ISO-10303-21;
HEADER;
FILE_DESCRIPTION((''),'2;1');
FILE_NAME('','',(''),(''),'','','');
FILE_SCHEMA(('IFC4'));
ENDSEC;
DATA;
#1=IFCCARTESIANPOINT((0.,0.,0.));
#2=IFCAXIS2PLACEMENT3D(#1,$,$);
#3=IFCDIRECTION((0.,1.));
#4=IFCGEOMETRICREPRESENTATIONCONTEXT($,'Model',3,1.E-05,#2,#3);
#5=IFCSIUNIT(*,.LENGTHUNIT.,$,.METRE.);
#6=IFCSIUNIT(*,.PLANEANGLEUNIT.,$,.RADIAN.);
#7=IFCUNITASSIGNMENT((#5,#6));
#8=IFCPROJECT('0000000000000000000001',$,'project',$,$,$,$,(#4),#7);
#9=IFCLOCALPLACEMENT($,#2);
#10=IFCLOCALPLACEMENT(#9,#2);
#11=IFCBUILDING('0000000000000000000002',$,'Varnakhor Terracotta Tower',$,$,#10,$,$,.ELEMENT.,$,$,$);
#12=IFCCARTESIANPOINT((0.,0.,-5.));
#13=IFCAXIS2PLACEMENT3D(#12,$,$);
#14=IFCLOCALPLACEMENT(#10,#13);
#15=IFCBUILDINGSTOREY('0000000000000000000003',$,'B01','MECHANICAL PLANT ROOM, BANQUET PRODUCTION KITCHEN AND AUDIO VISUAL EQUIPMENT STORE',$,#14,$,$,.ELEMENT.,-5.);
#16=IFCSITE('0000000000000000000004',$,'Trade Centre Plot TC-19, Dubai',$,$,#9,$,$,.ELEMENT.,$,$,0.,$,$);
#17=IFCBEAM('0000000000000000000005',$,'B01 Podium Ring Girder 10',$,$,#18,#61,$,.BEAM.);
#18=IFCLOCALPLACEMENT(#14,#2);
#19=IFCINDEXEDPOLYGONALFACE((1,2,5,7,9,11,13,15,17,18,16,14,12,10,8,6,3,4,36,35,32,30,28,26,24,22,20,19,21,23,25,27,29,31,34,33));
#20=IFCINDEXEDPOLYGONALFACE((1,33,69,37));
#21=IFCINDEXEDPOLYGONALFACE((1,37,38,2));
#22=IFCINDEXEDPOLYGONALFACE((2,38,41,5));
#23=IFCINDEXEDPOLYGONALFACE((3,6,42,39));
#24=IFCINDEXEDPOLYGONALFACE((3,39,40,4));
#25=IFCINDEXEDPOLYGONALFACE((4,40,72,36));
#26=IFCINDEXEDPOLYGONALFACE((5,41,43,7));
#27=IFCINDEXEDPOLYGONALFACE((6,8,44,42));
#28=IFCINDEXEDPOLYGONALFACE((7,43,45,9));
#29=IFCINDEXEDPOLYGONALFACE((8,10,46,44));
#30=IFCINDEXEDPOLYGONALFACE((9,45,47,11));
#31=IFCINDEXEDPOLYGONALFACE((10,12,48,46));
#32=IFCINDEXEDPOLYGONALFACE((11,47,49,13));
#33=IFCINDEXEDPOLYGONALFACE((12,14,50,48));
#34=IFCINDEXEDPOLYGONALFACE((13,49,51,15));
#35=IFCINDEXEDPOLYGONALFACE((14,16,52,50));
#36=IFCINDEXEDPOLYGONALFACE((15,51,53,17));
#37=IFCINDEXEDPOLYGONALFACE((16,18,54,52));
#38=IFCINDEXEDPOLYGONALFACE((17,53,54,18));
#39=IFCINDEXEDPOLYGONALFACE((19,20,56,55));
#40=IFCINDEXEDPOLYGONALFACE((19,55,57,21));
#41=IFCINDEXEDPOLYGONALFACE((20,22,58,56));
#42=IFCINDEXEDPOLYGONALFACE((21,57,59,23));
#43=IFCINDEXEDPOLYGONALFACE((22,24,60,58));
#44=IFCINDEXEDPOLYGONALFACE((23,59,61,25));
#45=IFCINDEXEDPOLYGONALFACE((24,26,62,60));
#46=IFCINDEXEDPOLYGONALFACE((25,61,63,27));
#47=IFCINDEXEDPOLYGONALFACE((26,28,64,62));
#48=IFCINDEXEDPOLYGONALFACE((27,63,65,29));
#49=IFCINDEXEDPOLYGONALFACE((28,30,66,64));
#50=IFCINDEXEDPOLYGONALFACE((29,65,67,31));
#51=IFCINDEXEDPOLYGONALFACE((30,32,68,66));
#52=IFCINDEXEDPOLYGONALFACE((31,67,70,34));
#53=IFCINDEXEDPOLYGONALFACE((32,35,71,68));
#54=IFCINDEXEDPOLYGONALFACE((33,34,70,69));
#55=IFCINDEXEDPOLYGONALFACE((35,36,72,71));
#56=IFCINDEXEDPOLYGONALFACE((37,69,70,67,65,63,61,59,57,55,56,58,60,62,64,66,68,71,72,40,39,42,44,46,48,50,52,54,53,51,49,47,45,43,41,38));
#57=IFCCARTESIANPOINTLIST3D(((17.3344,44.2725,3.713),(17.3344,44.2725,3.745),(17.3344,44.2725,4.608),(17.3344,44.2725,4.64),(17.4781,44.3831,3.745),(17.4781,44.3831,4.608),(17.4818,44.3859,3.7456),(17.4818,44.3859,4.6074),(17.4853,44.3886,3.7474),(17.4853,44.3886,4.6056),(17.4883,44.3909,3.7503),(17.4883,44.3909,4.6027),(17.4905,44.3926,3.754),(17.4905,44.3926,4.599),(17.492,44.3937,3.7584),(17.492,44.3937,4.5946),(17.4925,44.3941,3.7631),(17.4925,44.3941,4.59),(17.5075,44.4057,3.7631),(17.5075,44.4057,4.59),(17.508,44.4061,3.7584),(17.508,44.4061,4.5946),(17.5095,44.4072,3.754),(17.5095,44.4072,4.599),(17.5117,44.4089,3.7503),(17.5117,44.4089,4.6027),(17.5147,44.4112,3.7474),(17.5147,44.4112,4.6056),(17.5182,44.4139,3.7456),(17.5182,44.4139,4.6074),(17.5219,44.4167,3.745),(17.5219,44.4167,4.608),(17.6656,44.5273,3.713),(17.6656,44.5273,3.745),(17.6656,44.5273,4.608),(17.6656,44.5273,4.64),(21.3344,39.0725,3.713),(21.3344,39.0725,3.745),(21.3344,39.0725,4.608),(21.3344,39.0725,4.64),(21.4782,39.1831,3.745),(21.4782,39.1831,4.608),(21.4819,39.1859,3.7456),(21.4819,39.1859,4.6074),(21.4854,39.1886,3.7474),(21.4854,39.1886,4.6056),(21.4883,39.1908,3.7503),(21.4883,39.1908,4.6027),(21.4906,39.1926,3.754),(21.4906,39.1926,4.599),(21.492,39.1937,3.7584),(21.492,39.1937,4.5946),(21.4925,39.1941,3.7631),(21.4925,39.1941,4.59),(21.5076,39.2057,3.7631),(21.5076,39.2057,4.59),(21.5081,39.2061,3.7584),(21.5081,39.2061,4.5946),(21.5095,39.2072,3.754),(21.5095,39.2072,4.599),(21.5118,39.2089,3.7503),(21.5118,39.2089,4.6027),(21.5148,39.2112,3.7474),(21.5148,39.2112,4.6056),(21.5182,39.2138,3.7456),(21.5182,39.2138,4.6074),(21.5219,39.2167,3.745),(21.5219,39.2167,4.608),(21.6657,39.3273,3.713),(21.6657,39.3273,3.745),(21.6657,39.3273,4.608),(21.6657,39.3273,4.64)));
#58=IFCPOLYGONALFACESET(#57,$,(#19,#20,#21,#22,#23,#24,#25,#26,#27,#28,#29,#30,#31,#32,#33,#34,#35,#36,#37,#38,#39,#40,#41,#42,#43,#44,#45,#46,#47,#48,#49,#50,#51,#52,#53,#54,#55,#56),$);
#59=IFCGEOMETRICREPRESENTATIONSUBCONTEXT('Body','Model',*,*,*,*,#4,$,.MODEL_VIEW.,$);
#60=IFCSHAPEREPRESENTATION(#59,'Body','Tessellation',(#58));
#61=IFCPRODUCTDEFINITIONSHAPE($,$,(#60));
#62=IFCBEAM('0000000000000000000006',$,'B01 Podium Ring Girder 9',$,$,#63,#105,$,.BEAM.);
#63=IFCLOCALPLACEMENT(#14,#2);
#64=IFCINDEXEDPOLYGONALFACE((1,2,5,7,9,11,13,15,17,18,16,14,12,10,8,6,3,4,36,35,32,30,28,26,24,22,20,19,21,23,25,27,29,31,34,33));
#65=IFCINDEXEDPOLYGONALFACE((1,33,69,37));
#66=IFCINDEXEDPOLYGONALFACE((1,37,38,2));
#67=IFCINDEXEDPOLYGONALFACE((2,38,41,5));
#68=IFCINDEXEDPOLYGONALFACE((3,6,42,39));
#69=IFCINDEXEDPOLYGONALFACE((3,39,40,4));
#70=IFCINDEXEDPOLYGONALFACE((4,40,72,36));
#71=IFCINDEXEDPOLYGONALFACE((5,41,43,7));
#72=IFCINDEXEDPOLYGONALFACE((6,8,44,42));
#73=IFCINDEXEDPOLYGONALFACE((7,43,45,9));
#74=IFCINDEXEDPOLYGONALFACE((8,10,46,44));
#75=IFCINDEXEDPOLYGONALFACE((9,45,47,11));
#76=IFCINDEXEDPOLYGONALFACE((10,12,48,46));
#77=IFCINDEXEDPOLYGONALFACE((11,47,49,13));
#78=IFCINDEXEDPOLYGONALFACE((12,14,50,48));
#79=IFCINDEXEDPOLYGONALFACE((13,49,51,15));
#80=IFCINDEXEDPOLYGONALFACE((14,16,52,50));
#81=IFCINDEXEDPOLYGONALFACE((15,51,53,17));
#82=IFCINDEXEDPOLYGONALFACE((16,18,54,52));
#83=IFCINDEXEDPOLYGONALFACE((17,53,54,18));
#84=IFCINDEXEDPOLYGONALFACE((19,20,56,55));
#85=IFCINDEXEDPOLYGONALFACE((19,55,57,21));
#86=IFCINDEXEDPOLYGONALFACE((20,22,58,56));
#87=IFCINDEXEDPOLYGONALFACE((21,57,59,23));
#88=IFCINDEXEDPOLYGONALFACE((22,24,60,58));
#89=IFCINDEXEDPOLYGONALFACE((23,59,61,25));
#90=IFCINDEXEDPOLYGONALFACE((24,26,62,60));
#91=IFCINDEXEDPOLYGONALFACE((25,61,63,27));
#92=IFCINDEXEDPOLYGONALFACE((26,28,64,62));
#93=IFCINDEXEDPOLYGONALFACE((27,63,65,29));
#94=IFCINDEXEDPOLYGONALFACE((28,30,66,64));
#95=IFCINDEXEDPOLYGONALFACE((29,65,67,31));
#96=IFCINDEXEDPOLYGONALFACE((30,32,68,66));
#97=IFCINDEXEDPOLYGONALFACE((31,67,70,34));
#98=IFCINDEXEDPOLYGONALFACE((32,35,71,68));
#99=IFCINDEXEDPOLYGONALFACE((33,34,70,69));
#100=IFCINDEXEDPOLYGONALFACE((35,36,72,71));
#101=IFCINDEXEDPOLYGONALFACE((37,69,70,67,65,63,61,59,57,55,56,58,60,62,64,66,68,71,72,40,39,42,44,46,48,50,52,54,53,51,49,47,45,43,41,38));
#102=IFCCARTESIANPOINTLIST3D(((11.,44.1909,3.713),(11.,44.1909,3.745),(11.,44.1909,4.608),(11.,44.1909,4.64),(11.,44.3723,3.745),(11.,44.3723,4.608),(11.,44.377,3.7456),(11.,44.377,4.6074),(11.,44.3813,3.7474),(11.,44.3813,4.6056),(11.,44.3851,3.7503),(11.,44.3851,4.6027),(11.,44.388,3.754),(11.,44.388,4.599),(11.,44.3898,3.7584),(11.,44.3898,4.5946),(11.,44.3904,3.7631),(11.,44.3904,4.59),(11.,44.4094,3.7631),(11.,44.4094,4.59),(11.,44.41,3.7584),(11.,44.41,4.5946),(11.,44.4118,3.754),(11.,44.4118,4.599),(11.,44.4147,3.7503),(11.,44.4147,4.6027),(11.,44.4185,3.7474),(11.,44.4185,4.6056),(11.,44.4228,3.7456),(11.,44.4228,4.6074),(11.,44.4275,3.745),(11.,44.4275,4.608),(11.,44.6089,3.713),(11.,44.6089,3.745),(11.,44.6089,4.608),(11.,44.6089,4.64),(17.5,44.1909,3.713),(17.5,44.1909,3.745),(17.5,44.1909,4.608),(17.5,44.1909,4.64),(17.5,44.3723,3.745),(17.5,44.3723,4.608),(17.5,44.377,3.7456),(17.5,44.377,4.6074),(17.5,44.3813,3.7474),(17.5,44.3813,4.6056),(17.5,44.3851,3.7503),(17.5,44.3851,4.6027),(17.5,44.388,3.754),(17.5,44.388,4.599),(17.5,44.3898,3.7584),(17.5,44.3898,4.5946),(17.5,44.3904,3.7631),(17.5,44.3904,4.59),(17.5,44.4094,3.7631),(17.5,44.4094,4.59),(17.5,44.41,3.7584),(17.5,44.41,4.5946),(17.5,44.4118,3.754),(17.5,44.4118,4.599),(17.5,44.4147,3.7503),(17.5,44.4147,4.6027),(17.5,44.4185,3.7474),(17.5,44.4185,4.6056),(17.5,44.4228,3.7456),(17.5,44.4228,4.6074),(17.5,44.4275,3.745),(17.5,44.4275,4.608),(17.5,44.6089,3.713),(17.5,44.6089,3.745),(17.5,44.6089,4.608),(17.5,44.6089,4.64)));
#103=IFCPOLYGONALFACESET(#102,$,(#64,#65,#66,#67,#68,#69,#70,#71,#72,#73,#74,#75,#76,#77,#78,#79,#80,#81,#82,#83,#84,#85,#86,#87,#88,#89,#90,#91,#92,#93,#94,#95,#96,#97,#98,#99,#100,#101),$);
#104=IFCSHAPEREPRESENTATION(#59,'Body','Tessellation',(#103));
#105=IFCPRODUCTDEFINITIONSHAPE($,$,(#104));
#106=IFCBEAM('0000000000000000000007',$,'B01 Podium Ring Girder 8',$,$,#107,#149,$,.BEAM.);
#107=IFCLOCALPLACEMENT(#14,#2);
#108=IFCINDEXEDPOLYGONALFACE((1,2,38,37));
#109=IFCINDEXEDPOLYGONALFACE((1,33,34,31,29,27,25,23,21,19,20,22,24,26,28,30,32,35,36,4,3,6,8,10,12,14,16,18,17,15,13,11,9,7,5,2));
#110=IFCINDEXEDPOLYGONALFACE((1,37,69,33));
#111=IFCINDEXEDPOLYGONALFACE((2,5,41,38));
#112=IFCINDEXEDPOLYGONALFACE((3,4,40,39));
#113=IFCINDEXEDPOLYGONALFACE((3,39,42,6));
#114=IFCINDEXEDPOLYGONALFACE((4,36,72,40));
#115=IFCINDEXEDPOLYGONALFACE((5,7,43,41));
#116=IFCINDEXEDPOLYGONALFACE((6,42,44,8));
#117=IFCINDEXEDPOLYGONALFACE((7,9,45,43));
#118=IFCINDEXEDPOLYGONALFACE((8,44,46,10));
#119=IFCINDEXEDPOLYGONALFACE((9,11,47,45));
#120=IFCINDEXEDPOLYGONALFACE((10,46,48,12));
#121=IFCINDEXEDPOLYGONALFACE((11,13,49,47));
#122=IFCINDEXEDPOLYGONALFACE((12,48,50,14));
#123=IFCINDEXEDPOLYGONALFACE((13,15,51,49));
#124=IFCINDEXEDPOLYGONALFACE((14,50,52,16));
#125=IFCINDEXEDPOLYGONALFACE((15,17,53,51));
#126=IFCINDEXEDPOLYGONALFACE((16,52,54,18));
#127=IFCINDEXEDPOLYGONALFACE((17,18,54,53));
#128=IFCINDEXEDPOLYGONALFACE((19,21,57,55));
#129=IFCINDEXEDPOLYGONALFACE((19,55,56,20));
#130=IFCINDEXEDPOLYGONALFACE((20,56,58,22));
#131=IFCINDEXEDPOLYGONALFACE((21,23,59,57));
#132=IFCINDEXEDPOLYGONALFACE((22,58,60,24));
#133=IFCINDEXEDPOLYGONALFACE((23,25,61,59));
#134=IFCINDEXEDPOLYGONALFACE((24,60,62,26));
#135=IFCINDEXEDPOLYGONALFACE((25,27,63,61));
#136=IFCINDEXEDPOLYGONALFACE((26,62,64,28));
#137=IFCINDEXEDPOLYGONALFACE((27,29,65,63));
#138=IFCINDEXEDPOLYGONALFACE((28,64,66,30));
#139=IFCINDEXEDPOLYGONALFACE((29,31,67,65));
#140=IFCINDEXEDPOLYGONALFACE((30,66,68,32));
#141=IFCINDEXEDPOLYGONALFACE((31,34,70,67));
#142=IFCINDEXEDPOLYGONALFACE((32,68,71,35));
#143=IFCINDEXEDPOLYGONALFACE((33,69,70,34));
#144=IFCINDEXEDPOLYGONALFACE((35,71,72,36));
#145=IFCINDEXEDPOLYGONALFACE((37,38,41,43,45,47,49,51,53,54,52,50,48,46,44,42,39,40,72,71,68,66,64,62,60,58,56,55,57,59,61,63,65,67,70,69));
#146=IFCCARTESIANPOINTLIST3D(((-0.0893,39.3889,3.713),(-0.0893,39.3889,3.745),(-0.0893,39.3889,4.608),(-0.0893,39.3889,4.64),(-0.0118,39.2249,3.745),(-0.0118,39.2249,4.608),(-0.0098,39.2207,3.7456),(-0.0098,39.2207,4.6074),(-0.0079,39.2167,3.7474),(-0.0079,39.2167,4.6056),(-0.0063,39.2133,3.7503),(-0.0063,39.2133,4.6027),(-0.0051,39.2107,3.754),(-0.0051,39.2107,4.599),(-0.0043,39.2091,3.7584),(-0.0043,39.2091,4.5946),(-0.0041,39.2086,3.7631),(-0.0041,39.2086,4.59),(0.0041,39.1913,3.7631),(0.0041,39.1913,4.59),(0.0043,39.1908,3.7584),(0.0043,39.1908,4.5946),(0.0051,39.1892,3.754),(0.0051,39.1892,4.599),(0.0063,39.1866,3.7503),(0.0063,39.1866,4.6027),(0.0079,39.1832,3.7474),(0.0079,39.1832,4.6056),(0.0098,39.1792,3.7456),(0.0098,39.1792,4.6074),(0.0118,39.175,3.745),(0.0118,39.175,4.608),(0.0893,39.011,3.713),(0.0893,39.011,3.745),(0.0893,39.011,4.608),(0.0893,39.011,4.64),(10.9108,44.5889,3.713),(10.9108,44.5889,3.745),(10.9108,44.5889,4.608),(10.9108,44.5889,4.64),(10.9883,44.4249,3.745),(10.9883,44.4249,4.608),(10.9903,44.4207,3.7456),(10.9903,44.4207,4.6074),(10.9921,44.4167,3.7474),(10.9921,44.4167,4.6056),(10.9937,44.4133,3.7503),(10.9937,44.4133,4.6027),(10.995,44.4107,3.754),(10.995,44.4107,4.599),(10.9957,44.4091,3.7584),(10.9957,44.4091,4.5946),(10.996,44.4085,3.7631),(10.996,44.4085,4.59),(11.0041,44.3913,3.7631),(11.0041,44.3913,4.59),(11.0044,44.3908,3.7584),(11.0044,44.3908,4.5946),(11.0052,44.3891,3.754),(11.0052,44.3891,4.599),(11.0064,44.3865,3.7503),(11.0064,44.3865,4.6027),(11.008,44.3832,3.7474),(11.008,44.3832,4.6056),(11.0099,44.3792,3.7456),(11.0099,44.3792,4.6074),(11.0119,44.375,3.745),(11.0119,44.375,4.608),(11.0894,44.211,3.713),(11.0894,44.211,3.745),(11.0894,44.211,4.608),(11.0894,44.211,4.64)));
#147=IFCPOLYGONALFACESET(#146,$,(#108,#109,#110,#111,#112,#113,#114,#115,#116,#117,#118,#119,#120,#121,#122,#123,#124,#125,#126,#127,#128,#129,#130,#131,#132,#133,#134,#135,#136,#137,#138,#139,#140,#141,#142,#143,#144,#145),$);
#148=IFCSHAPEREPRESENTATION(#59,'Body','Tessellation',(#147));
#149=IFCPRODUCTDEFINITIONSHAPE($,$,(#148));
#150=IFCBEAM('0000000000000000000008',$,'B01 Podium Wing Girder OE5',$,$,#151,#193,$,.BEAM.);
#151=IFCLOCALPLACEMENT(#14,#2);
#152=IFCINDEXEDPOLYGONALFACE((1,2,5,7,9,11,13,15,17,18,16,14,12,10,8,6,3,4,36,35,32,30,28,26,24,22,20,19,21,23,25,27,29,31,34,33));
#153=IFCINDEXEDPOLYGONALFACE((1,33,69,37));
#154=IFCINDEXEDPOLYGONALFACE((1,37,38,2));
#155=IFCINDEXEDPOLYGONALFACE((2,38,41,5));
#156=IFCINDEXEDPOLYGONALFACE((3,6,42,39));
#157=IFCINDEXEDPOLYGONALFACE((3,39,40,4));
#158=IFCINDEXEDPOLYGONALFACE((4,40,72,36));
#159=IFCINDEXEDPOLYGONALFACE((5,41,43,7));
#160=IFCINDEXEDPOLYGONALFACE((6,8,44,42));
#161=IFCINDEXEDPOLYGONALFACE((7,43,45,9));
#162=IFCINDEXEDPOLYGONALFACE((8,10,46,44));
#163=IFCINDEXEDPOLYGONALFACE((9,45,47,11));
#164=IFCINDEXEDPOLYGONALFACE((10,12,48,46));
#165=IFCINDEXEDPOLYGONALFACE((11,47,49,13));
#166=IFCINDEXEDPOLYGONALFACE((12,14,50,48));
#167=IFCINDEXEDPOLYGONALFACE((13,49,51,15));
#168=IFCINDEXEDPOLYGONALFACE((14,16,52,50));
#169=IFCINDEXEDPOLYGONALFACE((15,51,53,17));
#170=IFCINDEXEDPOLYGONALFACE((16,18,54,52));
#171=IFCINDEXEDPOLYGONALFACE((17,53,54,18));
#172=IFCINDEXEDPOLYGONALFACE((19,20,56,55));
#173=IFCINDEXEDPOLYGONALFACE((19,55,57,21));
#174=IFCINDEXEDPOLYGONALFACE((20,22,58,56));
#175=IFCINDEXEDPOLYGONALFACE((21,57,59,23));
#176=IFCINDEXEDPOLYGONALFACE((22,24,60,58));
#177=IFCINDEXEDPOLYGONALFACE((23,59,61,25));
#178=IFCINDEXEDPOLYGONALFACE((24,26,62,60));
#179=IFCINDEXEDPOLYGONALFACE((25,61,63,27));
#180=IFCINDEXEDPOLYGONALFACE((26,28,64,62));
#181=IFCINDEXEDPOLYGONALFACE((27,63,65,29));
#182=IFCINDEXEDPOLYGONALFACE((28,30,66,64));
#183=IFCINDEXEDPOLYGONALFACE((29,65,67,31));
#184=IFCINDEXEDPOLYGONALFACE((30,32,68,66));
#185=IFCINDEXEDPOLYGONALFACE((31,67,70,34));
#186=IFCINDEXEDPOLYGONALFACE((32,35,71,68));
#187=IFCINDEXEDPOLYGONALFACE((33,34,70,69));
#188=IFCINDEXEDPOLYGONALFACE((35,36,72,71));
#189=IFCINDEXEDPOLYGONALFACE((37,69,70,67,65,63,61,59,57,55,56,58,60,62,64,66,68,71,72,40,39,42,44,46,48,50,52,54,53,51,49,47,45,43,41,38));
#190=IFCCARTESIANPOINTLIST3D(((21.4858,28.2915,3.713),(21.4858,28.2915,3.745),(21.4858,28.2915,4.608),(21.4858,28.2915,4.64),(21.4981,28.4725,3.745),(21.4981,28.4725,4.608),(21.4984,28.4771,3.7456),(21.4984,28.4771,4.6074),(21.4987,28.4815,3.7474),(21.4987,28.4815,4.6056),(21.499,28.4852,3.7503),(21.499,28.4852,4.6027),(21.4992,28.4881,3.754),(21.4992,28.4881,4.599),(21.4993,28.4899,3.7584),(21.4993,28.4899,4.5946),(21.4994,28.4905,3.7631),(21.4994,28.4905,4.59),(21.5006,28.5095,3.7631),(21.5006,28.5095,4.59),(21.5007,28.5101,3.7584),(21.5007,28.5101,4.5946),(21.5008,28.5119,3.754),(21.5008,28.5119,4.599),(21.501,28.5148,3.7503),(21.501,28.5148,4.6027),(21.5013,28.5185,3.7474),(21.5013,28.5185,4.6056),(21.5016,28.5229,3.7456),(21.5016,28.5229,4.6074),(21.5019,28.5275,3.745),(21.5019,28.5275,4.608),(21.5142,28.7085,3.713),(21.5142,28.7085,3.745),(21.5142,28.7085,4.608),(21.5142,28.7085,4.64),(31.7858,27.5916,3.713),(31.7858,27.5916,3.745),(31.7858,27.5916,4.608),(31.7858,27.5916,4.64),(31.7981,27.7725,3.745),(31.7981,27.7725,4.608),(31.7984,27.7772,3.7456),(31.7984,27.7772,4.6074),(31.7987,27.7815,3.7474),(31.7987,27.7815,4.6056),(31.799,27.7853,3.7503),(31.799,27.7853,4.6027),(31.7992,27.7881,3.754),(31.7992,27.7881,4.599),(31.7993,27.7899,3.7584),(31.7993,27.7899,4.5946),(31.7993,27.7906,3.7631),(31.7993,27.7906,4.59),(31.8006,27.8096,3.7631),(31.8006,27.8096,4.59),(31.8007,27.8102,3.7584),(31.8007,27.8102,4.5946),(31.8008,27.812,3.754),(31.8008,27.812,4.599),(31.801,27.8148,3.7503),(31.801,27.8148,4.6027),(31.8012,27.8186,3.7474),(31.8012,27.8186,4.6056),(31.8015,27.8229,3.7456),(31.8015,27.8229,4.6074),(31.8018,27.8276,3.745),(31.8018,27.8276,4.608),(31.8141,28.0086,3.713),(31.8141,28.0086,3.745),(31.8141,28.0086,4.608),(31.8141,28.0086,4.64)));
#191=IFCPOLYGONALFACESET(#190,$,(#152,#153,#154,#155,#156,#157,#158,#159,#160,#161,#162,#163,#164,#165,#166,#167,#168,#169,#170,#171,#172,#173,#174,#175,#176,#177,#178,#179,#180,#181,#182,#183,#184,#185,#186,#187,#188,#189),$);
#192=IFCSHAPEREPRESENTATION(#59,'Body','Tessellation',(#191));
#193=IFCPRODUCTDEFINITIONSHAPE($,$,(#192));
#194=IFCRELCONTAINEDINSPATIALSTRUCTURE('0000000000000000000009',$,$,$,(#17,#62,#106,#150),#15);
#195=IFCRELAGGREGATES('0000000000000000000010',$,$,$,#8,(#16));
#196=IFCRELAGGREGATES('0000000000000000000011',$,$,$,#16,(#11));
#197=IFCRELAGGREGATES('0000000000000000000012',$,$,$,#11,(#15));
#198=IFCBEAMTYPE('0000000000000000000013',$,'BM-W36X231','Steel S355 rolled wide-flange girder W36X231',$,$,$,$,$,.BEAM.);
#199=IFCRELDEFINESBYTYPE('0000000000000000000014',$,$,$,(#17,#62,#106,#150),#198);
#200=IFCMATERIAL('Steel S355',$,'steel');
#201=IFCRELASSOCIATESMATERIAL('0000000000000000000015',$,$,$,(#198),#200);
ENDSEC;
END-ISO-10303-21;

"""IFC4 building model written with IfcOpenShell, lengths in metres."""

from ifc_helpers import new_model, si_unit, direction, frame, origin, origin_2d, place, context, subcontext, project, spatial, i_section, extrude, source, transform, mapped, material, material_profile, profile_set, type_object, element, save


model = new_model("IFC4")

# Units and contexts
model_context = context("Model", 3, precision=1e-05, world=origin(), true_north=direction((0.0, 1.0)))
body_context = subcontext(model_context, "Body", "Model", "MODEL_VIEW")
ifc_project = project(units=[si_unit("LENGTHUNIT", "METRE"), si_unit("PLANEANGLEUNIT", "RADIAN")], contexts=[model_context])

# Site, building, storey
site_placement = place(None, origin())
site = spatial("IfcSite", under=ifc_project, at=site_placement, Name="Trade Centre Plot TC-19, Dubai", CompositionType="ELEMENT", RefElevation=0.0)
building_placement = place(site_placement, origin())
building = spatial("IfcBuilding", under=site, at=building_placement, Name="Varnakhor Terracotta Tower", CompositionType="ELEMENT")
storey_placement = place(building_placement, frame((0.0, 0.0, -5.0)))
storey = spatial("IfcBuildingStorey", under=building, at=storey_placement, Name="B01", Description="MECHANICAL PLANT ROOM, BANQUET PRODUCTION KITCHEN AND AUDIO VISUAL EQUIPMENT STORE", CompositionType="ELEMENT", Elevation=-5.0)

# Beams
ifc_material_1 = material(Name="Steel S355", Category="steel")
ifc_material_profile_1 = material_profile(ifc_material_1, i_section(OverallWidth=0.418, OverallDepth=0.927, WebThickness=0.019, FlangeThickness=0.032, FilletRadius=0.0181, at=origin_2d()), Name="W36X231")
ifc_profile_set_1 = profile_set([ifc_material_profile_1], Name="Steel S355")
beam_type_1 = type_object("IfcBeamType", Name="BM-W36X231", Description="Steel S355 rolled wide-flange girder W36X231", PredefinedType="BEAM", material=ifc_profile_set_1)
shared_shape_1 = source(origin(), body_context, "Body", "SweptSolid", [
    extrude(i_section(OverallWidth=0.418, OverallDepth=0.927, WebThickness=0.019, FlangeThickness=0.032, FilletRadius=0.0181, at=origin_2d()), origin(), (0.0, 0.0, 1.0), 6.5605),
])
beam_1_placement = place(storey_placement, frame((17.5, 44.3999, 4.1765), z_axis=(0.609714, -0.792621, 0.0), x_axis=(0.792621, 0.609714, 0.0)))
element("IfcBeam", 1, at=beam_1_placement, inside=storey, type_object=beam_type_1, Name="B01 Podium Ring Girder 10", PredefinedType="BEAM", context=body_context, shape_type="MappedRepresentation", body=[
    mapped(shared_shape_1, transform((0.0, 0.0, 0.0), scale=1.0)),
])
shared_shape_2 = source(origin(), body_context, "Body", "SweptSolid", [
    extrude(i_section(OverallWidth=0.418, OverallDepth=0.927, WebThickness=0.019, FlangeThickness=0.032, FilletRadius=0.0181, at=origin_2d()), origin(), (0.0, 0.0, 1.0), 6.5),
])
beam_2_placement = place(storey_placement, frame((11.0, 44.3999, 4.1765), z_axis=(1.0, 0.0, 0.0), x_axis=(0.0, 1.0, 0.0)))
element("IfcBeam", 2, at=beam_2_placement, inside=storey, type_object=beam_type_1, Name="B01 Podium Ring Girder 9", PredefinedType="BEAM", context=body_context, shape_type="MappedRepresentation", body=[
    mapped(shared_shape_2, transform((0.0, 0.0, 0.0), scale=1.0)),
])
shared_shape_3 = source(origin(), body_context, "Body", "SweptSolid", [
    extrude(i_section(OverallWidth=0.418, OverallDepth=0.927, WebThickness=0.019, FlangeThickness=0.032, FilletRadius=0.0181, at=origin_2d()), origin(), (0.0, 0.0, 1.0), 12.1672),
])
beam_3_placement = place(storey_placement, frame((0.0, 39.2, 4.1765), z_axis=(0.904074, 0.427376, 0.0), x_axis=(-0.427376, 0.904074, 0.0)))
element("IfcBeam", 3, at=beam_3_placement, inside=storey, type_object=beam_type_1, Name="B01 Podium Ring Girder 8", PredefinedType="BEAM", context=body_context, shape_type="MappedRepresentation", body=[
    mapped(shared_shape_3, transform((0.0, 0.0, 0.0), scale=1.0)),
])
shared_shape_4 = source(origin(), body_context, "Body", "SweptSolid", [
    extrude(i_section(OverallWidth=0.418, OverallDepth=0.927, WebThickness=0.019, FlangeThickness=0.032, FilletRadius=0.0181, at=origin_2d()), origin(), (0.0, 0.0, 1.0), 10.3237),
])
beam_4_placement = place(storey_placement, frame((21.5, 28.5, 4.1765), z_axis=(0.997699, -0.0678, 0.0), x_axis=(0.0678, 0.997699, 0.0)))
element("IfcBeam", 4, at=beam_4_placement, inside=storey, type_object=beam_type_1, Name="B01 Podium Wing Girder OE5", PredefinedType="BEAM", context=body_context, shape_type="MappedRepresentation", body=[
    mapped(shared_shape_4, transform((0.0, 0.0, 0.0), scale=1.0)),
])

save(model, "model.ifc")
